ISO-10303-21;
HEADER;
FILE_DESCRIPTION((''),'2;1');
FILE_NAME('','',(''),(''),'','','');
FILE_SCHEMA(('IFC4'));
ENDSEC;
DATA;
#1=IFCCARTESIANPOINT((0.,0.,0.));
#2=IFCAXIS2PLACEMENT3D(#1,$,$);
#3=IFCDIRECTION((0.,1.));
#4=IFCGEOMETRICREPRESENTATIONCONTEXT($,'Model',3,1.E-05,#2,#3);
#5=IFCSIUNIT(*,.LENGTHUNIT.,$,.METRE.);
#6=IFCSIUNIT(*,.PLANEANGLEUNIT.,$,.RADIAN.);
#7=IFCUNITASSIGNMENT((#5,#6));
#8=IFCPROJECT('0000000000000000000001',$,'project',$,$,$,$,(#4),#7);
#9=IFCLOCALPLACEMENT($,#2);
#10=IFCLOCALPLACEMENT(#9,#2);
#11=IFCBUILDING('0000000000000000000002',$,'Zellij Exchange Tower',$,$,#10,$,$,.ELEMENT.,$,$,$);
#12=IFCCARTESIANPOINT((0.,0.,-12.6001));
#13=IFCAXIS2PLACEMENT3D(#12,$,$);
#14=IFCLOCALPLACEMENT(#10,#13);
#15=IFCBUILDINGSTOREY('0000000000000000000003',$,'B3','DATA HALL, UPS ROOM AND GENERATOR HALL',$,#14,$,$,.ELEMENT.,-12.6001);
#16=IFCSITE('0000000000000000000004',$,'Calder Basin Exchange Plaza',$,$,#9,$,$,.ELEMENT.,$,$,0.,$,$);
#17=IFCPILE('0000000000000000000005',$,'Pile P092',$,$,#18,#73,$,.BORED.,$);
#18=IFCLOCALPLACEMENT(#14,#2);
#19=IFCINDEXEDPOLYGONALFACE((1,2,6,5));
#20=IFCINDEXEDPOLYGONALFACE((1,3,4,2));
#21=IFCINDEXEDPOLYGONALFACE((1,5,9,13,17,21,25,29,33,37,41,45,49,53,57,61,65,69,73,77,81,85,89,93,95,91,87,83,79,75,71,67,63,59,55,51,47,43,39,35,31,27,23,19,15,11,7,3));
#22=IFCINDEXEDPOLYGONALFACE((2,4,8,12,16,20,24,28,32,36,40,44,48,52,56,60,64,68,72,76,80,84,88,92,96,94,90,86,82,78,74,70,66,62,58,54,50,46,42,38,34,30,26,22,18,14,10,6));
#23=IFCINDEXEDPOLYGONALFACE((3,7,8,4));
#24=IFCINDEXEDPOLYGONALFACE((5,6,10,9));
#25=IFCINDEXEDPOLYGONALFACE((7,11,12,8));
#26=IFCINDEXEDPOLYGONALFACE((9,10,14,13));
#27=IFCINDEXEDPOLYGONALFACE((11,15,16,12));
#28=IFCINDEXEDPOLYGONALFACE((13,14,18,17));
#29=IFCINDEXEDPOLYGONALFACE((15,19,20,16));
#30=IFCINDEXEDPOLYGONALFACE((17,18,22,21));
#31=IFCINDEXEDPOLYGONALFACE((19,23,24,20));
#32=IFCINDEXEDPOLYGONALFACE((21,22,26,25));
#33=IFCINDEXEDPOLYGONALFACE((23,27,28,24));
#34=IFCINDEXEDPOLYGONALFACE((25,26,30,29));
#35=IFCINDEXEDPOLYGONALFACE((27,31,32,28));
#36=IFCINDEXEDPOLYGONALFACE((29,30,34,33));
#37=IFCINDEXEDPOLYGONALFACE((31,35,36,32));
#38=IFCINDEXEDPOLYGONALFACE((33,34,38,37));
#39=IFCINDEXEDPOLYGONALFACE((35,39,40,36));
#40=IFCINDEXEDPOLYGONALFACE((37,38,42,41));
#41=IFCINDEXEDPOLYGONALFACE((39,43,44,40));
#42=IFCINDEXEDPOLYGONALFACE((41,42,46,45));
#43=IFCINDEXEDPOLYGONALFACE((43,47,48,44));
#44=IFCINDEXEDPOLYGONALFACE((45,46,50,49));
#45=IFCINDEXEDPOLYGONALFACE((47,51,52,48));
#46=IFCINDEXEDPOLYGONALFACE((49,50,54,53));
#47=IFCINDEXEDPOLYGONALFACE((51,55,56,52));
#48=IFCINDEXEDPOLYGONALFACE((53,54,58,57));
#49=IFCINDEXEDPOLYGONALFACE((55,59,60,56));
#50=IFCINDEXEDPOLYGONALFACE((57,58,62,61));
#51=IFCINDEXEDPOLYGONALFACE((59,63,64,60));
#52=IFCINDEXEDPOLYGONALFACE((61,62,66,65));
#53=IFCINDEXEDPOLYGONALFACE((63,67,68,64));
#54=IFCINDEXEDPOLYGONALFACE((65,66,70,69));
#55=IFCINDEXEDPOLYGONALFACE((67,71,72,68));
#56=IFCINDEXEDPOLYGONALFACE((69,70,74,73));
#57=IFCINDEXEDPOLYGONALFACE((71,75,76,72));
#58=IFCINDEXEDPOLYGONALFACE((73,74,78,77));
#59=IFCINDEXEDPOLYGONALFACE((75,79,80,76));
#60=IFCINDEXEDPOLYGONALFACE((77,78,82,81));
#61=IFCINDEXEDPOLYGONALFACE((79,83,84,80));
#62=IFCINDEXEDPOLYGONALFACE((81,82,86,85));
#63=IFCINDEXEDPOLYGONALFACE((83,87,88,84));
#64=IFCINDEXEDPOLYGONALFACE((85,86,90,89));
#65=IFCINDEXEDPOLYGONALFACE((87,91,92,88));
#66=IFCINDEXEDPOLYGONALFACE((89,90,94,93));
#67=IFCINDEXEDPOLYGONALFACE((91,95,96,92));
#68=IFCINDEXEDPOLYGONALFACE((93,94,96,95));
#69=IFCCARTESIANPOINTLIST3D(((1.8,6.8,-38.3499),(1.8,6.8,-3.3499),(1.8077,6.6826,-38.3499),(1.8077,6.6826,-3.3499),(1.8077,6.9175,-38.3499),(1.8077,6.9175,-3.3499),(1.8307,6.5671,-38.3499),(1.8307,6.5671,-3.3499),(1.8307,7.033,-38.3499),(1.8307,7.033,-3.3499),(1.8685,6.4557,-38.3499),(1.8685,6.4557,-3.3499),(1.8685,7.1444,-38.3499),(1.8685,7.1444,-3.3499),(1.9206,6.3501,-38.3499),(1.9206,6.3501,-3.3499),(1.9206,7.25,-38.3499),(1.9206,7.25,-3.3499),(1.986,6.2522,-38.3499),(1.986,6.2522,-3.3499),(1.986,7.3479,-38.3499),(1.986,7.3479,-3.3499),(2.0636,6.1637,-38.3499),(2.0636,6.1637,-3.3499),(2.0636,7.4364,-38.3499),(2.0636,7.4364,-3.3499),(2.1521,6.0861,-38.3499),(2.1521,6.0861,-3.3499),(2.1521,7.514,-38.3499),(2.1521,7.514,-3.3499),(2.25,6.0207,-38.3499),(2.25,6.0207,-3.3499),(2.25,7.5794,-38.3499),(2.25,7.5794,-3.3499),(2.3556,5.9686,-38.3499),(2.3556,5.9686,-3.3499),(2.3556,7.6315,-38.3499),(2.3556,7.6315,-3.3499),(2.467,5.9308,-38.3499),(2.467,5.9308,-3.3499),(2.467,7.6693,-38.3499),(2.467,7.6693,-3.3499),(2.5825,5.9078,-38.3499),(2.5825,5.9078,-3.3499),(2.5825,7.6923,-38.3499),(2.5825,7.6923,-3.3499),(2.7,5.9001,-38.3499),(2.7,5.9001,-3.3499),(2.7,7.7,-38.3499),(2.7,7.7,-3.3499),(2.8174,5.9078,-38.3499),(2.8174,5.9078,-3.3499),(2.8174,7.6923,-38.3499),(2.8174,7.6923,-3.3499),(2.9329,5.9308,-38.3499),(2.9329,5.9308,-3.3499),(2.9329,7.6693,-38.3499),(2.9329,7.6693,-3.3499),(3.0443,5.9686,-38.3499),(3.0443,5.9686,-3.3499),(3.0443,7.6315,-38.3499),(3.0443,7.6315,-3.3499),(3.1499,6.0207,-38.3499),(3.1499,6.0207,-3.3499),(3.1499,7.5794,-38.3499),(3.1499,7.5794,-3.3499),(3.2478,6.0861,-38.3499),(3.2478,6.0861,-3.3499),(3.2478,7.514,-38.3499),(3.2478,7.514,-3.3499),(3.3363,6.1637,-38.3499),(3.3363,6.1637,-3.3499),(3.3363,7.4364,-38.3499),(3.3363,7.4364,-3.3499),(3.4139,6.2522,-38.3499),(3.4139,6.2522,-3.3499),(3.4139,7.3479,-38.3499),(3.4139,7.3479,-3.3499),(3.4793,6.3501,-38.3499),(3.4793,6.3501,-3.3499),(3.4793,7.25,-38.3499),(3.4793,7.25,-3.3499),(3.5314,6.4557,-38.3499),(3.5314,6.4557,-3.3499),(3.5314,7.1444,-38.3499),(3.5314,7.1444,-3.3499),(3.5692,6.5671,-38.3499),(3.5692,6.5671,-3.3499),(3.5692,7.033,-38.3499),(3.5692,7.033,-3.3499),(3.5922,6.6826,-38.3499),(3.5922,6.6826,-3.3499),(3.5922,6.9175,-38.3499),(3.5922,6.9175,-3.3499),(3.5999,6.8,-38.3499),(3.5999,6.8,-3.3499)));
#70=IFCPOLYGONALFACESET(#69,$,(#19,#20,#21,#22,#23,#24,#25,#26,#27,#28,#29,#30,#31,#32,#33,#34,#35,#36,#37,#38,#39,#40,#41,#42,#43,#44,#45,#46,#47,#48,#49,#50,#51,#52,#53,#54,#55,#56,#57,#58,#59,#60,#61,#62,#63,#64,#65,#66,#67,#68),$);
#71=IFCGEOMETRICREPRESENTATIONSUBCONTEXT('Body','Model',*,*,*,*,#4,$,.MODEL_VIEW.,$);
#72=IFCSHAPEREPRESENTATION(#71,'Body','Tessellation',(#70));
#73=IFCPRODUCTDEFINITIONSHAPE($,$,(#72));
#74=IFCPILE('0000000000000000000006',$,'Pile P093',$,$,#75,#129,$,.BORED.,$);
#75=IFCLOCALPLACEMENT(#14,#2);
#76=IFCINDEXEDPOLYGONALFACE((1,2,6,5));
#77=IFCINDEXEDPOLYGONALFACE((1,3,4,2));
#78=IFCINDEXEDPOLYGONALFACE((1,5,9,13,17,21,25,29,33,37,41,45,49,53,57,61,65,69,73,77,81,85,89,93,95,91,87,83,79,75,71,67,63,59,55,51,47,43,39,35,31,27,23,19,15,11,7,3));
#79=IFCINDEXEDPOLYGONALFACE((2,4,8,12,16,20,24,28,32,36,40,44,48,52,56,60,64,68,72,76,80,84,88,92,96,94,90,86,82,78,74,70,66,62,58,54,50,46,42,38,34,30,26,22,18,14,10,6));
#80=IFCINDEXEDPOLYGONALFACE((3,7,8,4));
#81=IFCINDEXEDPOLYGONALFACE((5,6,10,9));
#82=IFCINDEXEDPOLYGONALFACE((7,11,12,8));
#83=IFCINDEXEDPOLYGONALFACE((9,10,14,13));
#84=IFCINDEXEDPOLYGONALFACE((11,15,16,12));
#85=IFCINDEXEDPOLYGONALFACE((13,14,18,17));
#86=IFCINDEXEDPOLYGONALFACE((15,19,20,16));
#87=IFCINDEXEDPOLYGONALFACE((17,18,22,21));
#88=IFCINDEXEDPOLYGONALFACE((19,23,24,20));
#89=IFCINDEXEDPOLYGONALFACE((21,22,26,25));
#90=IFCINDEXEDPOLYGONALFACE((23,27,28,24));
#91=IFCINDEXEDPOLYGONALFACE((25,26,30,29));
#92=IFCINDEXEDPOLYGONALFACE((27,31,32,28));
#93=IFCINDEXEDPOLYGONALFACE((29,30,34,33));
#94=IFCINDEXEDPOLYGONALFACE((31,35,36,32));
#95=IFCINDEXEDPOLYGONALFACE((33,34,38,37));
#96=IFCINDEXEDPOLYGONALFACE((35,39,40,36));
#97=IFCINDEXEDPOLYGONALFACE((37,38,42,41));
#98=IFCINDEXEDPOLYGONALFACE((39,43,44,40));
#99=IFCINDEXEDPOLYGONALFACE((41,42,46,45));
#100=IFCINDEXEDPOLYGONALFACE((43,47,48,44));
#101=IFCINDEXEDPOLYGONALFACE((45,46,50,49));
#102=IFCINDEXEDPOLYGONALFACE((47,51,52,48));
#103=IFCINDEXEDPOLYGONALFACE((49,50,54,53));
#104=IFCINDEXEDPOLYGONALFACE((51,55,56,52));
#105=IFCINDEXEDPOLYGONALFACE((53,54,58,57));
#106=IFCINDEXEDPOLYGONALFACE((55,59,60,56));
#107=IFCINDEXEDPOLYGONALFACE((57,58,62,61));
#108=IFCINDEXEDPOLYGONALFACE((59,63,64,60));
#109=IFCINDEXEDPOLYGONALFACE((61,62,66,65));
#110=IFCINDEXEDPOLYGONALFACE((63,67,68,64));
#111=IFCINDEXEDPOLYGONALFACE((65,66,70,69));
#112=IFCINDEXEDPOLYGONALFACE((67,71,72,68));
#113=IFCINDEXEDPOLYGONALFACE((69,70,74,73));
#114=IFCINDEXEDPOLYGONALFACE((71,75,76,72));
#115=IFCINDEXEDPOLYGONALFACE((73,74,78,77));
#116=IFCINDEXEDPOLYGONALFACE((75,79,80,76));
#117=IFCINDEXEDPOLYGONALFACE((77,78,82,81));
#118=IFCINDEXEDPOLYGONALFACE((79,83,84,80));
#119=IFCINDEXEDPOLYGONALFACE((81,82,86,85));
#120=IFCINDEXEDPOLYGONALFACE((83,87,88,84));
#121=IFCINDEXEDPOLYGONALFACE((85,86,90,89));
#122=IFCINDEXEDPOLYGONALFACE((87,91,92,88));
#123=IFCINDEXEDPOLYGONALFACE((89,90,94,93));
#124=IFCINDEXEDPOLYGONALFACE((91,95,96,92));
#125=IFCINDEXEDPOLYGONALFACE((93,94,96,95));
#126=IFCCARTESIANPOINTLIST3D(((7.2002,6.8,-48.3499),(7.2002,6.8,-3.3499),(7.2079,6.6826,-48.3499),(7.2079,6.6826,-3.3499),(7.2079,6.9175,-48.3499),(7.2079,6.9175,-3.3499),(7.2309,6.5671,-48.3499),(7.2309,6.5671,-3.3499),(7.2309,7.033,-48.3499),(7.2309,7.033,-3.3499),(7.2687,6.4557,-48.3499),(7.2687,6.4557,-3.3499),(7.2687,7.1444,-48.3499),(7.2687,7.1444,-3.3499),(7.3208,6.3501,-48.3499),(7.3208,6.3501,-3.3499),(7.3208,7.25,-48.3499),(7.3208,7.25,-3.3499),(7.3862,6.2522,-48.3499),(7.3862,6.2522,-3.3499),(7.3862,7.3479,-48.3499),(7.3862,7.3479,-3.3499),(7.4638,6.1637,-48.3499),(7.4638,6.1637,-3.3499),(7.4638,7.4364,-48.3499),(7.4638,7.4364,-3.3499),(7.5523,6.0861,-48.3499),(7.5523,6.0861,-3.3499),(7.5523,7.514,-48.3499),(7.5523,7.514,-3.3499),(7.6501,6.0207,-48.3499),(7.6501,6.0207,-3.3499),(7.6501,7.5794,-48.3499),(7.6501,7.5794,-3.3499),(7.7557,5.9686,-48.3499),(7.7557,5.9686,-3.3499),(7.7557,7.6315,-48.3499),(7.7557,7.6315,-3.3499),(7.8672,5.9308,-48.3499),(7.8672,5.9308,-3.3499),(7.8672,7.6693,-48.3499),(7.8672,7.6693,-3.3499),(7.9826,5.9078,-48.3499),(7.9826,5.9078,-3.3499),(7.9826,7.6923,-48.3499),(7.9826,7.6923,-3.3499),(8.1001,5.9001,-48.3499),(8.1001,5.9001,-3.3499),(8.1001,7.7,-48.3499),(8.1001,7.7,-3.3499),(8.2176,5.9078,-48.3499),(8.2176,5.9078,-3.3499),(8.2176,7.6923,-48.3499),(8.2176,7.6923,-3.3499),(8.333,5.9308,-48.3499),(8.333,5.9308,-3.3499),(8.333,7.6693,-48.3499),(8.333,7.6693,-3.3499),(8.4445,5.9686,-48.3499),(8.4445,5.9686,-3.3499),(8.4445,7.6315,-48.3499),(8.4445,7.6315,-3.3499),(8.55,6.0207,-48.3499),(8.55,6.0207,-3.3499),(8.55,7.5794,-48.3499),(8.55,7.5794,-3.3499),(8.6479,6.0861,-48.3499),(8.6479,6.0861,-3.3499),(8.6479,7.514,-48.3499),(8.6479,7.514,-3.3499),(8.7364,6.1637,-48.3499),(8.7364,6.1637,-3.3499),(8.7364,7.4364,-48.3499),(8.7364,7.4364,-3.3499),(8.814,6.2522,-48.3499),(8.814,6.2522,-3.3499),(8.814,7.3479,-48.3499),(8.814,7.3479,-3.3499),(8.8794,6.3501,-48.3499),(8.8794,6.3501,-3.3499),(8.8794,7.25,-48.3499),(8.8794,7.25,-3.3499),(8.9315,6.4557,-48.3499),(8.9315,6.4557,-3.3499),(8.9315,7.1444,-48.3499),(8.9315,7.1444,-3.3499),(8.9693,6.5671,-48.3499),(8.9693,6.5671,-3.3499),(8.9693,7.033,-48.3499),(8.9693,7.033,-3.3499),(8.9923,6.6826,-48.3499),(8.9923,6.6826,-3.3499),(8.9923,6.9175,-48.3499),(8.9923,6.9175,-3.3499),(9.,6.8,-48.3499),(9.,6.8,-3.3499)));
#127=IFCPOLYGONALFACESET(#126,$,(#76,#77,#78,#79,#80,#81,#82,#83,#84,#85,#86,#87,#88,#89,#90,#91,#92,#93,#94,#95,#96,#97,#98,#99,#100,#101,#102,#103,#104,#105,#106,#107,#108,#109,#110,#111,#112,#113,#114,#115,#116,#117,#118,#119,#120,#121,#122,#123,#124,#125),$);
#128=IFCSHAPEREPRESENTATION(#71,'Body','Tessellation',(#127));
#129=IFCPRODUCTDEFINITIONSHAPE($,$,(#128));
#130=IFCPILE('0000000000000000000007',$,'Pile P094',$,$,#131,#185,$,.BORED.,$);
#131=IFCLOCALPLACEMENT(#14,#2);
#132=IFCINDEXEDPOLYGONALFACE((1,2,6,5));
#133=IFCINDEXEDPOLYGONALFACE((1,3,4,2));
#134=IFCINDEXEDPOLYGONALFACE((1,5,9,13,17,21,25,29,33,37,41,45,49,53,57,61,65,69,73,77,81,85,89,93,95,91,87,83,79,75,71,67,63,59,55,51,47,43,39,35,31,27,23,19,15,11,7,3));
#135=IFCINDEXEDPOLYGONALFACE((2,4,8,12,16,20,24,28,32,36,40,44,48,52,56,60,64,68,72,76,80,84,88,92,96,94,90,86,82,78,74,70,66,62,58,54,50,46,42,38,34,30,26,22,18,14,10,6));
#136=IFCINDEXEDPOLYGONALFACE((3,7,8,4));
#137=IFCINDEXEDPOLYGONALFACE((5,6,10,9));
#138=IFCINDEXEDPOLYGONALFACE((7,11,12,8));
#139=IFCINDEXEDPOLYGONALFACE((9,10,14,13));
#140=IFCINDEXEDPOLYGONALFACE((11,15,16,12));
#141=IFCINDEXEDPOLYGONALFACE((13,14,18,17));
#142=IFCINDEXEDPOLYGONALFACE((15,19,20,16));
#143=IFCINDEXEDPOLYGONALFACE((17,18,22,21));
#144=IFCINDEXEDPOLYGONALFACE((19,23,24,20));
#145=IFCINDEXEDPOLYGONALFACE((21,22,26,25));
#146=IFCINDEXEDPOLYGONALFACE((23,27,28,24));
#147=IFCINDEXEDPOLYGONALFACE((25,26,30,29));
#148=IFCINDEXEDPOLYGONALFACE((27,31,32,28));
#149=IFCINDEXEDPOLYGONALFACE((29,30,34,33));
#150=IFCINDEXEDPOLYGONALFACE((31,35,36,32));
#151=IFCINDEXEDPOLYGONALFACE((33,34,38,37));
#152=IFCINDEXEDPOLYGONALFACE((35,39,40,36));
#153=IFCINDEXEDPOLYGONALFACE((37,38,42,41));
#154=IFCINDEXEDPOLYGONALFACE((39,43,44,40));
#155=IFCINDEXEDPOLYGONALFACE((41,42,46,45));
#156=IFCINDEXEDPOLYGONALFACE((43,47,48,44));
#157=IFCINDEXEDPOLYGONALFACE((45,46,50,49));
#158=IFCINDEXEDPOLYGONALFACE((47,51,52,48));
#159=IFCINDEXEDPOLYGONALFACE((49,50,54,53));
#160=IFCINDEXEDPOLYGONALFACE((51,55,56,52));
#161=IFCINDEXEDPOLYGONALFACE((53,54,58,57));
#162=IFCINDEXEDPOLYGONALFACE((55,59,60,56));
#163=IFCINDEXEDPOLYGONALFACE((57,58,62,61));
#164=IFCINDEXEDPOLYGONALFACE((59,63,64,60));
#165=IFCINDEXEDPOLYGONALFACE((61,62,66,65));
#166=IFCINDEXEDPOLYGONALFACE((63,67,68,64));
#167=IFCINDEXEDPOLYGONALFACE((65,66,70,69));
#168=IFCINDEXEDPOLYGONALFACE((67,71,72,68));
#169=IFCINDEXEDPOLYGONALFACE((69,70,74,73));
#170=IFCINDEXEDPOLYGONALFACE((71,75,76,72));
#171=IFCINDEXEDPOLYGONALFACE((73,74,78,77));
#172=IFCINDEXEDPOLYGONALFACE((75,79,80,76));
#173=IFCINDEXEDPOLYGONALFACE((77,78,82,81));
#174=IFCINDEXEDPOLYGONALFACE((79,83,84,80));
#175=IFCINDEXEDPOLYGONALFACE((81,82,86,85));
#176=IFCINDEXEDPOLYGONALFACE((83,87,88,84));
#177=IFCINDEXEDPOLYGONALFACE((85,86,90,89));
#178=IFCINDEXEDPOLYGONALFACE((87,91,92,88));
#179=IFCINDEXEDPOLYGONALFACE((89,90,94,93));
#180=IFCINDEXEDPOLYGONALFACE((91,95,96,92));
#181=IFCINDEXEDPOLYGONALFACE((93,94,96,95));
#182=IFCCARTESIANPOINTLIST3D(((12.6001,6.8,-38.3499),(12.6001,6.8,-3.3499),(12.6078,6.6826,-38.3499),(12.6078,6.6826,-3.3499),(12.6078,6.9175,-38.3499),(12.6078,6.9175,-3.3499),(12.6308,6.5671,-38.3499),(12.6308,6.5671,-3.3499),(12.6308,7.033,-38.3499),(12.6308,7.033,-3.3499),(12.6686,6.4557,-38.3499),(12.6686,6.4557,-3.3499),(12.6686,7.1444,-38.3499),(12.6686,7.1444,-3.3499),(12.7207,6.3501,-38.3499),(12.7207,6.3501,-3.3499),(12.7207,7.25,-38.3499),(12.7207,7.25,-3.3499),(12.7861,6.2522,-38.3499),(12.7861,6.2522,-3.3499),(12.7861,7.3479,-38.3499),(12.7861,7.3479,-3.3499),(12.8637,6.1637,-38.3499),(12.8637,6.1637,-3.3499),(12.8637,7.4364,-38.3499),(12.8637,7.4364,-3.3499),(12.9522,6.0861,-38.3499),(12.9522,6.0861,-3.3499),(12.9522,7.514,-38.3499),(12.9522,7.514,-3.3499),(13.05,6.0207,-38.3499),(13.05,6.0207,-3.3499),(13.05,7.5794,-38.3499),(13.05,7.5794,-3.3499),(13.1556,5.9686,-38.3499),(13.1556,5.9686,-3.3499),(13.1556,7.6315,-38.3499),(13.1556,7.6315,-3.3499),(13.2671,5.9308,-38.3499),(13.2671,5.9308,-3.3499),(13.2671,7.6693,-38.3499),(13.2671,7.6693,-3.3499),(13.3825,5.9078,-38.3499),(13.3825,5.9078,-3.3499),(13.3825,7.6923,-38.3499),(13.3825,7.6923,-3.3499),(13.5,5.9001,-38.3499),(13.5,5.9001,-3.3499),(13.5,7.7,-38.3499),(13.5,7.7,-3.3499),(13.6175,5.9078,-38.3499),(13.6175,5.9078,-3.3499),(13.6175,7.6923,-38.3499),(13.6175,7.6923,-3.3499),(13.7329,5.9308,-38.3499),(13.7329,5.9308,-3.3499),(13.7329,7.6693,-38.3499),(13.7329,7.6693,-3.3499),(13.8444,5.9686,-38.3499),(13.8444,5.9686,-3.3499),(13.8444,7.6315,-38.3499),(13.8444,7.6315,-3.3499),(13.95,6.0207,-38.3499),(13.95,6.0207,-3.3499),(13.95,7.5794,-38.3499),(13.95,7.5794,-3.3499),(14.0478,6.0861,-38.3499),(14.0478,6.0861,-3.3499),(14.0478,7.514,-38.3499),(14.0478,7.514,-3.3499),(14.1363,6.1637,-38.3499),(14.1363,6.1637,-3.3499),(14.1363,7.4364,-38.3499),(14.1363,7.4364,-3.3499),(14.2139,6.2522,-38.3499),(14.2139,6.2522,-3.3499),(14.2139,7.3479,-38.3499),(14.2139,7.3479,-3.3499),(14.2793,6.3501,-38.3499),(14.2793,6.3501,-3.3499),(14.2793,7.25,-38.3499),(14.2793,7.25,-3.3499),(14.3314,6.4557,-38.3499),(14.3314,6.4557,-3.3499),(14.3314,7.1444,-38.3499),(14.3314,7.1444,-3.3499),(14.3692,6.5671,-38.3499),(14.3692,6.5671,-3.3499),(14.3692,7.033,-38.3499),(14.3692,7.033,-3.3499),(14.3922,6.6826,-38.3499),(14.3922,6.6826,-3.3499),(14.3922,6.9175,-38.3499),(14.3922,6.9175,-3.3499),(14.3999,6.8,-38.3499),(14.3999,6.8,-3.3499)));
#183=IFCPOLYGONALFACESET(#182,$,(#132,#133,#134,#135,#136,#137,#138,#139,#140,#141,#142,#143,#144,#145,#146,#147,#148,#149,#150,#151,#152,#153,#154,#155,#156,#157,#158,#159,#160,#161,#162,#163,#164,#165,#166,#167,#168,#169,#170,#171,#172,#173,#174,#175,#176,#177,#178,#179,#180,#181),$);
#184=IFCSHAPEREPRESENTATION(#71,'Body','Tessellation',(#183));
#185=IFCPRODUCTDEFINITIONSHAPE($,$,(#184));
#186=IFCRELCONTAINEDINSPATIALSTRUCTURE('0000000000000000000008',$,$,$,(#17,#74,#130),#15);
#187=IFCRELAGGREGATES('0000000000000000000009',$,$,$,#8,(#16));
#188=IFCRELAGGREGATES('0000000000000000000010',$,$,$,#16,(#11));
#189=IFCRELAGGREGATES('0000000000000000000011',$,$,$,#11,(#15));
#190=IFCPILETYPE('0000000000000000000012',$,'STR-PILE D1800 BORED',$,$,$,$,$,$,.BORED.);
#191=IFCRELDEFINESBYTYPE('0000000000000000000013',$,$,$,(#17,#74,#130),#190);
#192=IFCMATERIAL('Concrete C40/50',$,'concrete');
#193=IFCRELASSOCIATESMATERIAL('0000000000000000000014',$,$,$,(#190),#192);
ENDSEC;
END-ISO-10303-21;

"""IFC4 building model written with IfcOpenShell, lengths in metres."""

from ifc_helpers import new_model, si_unit, direction, frame, origin, origin_2d, place, context, subcontext, project, spatial, circle, extrude, material, material_profile, profile_set, type_object, element, save


model = new_model("IFC4")

# Units and contexts
model_context = context("Model", 3, precision=1e-05, world=origin(), true_north=direction((0.0, 1.0)))
body_context = subcontext(model_context, "Body", "Model", "MODEL_VIEW")
ifc_project = project(units=[si_unit("LENGTHUNIT", "METRE"), si_unit("PLANEANGLEUNIT", "RADIAN")], contexts=[model_context])

# Site, building, storey
site_placement = place(None, origin())
site = spatial("IfcSite", under=ifc_project, at=site_placement, Name="Calder Basin Exchange Plaza", CompositionType="ELEMENT", RefElevation=0.0)
building_placement = place(site_placement, origin())
building = spatial("IfcBuilding", under=site, at=building_placement, Name="Zellij Exchange Tower", CompositionType="ELEMENT")
storey_placement = place(building_placement, frame((0.0, 0.0, -12.6001)))
storey = spatial("IfcBuildingStorey", under=building, at=storey_placement, Name="B3", Description="DATA HALL, UPS ROOM AND GENERATOR HALL", CompositionType="ELEMENT", Elevation=-12.6001)

# Piles
ifc_material_1 = material(Name="Concrete C40/50", Category="concrete")
ifc_material_profile_1 = material_profile(ifc_material_1, circle(Radius=0.8999, at=origin_2d()), Name="STR-PILE D1800 BORED")
ifc_profile_set_1 = profile_set([ifc_material_profile_1], Name="Concrete C40/50")
pile_type = type_object("IfcPileType", Name="STR-PILE D1800 BORED", PredefinedType="BORED", material=ifc_profile_set_1)
pile_1_placement = place(storey_placement, frame((2.7, 6.8, -3.3499), z_axis=(0.0, 0.0, -1.0), x_axis=(1.0, 0.0, 0.0)))
element("IfcPile", 1, at=pile_1_placement, inside=storey, type_object=pile_type, Name="Pile P092", PredefinedType="BORED", context=body_context, shape_type="SweptSolid", body=[
    extrude(circle(Radius=0.8999, at=origin_2d()), origin(), (0.0, 0.0, 1.0), 35.0),
])
pile_2_placement = place(storey_placement, frame((8.1001, 6.8, -3.3499), z_axis=(0.0, 0.0, -1.0), x_axis=(1.0, 0.0, 0.0)))
element("IfcPile", 2, at=pile_2_placement, inside=storey, type_object=pile_type, Name="Pile P093", PredefinedType="BORED", context=body_context, shape_type="SweptSolid", body=[
    extrude(circle(Radius=0.8999, at=origin_2d()), origin(), (0.0, 0.0, 1.0), 45.0),
])
for number, where, z_axis, x_axis, name in (
    (3, (13.5, 6.8, -3.3499), (0.0, 0.0, -1.0), (1.0, 0.0, 0.0), "Pile P094"),
):
    element("IfcPile", number, at=place(storey_placement, frame(where, z_axis=z_axis, x_axis=x_axis)), inside=storey, type_object=pile_type, Name=name, PredefinedType="BORED", context=body_context, shape_type="SweptSolid", body=[
        extrude(circle(Radius=0.8999, at=origin_2d()), origin(), (0.0, 0.0, 1.0), 35.0),
    ])

save(model, "model.ifc")
